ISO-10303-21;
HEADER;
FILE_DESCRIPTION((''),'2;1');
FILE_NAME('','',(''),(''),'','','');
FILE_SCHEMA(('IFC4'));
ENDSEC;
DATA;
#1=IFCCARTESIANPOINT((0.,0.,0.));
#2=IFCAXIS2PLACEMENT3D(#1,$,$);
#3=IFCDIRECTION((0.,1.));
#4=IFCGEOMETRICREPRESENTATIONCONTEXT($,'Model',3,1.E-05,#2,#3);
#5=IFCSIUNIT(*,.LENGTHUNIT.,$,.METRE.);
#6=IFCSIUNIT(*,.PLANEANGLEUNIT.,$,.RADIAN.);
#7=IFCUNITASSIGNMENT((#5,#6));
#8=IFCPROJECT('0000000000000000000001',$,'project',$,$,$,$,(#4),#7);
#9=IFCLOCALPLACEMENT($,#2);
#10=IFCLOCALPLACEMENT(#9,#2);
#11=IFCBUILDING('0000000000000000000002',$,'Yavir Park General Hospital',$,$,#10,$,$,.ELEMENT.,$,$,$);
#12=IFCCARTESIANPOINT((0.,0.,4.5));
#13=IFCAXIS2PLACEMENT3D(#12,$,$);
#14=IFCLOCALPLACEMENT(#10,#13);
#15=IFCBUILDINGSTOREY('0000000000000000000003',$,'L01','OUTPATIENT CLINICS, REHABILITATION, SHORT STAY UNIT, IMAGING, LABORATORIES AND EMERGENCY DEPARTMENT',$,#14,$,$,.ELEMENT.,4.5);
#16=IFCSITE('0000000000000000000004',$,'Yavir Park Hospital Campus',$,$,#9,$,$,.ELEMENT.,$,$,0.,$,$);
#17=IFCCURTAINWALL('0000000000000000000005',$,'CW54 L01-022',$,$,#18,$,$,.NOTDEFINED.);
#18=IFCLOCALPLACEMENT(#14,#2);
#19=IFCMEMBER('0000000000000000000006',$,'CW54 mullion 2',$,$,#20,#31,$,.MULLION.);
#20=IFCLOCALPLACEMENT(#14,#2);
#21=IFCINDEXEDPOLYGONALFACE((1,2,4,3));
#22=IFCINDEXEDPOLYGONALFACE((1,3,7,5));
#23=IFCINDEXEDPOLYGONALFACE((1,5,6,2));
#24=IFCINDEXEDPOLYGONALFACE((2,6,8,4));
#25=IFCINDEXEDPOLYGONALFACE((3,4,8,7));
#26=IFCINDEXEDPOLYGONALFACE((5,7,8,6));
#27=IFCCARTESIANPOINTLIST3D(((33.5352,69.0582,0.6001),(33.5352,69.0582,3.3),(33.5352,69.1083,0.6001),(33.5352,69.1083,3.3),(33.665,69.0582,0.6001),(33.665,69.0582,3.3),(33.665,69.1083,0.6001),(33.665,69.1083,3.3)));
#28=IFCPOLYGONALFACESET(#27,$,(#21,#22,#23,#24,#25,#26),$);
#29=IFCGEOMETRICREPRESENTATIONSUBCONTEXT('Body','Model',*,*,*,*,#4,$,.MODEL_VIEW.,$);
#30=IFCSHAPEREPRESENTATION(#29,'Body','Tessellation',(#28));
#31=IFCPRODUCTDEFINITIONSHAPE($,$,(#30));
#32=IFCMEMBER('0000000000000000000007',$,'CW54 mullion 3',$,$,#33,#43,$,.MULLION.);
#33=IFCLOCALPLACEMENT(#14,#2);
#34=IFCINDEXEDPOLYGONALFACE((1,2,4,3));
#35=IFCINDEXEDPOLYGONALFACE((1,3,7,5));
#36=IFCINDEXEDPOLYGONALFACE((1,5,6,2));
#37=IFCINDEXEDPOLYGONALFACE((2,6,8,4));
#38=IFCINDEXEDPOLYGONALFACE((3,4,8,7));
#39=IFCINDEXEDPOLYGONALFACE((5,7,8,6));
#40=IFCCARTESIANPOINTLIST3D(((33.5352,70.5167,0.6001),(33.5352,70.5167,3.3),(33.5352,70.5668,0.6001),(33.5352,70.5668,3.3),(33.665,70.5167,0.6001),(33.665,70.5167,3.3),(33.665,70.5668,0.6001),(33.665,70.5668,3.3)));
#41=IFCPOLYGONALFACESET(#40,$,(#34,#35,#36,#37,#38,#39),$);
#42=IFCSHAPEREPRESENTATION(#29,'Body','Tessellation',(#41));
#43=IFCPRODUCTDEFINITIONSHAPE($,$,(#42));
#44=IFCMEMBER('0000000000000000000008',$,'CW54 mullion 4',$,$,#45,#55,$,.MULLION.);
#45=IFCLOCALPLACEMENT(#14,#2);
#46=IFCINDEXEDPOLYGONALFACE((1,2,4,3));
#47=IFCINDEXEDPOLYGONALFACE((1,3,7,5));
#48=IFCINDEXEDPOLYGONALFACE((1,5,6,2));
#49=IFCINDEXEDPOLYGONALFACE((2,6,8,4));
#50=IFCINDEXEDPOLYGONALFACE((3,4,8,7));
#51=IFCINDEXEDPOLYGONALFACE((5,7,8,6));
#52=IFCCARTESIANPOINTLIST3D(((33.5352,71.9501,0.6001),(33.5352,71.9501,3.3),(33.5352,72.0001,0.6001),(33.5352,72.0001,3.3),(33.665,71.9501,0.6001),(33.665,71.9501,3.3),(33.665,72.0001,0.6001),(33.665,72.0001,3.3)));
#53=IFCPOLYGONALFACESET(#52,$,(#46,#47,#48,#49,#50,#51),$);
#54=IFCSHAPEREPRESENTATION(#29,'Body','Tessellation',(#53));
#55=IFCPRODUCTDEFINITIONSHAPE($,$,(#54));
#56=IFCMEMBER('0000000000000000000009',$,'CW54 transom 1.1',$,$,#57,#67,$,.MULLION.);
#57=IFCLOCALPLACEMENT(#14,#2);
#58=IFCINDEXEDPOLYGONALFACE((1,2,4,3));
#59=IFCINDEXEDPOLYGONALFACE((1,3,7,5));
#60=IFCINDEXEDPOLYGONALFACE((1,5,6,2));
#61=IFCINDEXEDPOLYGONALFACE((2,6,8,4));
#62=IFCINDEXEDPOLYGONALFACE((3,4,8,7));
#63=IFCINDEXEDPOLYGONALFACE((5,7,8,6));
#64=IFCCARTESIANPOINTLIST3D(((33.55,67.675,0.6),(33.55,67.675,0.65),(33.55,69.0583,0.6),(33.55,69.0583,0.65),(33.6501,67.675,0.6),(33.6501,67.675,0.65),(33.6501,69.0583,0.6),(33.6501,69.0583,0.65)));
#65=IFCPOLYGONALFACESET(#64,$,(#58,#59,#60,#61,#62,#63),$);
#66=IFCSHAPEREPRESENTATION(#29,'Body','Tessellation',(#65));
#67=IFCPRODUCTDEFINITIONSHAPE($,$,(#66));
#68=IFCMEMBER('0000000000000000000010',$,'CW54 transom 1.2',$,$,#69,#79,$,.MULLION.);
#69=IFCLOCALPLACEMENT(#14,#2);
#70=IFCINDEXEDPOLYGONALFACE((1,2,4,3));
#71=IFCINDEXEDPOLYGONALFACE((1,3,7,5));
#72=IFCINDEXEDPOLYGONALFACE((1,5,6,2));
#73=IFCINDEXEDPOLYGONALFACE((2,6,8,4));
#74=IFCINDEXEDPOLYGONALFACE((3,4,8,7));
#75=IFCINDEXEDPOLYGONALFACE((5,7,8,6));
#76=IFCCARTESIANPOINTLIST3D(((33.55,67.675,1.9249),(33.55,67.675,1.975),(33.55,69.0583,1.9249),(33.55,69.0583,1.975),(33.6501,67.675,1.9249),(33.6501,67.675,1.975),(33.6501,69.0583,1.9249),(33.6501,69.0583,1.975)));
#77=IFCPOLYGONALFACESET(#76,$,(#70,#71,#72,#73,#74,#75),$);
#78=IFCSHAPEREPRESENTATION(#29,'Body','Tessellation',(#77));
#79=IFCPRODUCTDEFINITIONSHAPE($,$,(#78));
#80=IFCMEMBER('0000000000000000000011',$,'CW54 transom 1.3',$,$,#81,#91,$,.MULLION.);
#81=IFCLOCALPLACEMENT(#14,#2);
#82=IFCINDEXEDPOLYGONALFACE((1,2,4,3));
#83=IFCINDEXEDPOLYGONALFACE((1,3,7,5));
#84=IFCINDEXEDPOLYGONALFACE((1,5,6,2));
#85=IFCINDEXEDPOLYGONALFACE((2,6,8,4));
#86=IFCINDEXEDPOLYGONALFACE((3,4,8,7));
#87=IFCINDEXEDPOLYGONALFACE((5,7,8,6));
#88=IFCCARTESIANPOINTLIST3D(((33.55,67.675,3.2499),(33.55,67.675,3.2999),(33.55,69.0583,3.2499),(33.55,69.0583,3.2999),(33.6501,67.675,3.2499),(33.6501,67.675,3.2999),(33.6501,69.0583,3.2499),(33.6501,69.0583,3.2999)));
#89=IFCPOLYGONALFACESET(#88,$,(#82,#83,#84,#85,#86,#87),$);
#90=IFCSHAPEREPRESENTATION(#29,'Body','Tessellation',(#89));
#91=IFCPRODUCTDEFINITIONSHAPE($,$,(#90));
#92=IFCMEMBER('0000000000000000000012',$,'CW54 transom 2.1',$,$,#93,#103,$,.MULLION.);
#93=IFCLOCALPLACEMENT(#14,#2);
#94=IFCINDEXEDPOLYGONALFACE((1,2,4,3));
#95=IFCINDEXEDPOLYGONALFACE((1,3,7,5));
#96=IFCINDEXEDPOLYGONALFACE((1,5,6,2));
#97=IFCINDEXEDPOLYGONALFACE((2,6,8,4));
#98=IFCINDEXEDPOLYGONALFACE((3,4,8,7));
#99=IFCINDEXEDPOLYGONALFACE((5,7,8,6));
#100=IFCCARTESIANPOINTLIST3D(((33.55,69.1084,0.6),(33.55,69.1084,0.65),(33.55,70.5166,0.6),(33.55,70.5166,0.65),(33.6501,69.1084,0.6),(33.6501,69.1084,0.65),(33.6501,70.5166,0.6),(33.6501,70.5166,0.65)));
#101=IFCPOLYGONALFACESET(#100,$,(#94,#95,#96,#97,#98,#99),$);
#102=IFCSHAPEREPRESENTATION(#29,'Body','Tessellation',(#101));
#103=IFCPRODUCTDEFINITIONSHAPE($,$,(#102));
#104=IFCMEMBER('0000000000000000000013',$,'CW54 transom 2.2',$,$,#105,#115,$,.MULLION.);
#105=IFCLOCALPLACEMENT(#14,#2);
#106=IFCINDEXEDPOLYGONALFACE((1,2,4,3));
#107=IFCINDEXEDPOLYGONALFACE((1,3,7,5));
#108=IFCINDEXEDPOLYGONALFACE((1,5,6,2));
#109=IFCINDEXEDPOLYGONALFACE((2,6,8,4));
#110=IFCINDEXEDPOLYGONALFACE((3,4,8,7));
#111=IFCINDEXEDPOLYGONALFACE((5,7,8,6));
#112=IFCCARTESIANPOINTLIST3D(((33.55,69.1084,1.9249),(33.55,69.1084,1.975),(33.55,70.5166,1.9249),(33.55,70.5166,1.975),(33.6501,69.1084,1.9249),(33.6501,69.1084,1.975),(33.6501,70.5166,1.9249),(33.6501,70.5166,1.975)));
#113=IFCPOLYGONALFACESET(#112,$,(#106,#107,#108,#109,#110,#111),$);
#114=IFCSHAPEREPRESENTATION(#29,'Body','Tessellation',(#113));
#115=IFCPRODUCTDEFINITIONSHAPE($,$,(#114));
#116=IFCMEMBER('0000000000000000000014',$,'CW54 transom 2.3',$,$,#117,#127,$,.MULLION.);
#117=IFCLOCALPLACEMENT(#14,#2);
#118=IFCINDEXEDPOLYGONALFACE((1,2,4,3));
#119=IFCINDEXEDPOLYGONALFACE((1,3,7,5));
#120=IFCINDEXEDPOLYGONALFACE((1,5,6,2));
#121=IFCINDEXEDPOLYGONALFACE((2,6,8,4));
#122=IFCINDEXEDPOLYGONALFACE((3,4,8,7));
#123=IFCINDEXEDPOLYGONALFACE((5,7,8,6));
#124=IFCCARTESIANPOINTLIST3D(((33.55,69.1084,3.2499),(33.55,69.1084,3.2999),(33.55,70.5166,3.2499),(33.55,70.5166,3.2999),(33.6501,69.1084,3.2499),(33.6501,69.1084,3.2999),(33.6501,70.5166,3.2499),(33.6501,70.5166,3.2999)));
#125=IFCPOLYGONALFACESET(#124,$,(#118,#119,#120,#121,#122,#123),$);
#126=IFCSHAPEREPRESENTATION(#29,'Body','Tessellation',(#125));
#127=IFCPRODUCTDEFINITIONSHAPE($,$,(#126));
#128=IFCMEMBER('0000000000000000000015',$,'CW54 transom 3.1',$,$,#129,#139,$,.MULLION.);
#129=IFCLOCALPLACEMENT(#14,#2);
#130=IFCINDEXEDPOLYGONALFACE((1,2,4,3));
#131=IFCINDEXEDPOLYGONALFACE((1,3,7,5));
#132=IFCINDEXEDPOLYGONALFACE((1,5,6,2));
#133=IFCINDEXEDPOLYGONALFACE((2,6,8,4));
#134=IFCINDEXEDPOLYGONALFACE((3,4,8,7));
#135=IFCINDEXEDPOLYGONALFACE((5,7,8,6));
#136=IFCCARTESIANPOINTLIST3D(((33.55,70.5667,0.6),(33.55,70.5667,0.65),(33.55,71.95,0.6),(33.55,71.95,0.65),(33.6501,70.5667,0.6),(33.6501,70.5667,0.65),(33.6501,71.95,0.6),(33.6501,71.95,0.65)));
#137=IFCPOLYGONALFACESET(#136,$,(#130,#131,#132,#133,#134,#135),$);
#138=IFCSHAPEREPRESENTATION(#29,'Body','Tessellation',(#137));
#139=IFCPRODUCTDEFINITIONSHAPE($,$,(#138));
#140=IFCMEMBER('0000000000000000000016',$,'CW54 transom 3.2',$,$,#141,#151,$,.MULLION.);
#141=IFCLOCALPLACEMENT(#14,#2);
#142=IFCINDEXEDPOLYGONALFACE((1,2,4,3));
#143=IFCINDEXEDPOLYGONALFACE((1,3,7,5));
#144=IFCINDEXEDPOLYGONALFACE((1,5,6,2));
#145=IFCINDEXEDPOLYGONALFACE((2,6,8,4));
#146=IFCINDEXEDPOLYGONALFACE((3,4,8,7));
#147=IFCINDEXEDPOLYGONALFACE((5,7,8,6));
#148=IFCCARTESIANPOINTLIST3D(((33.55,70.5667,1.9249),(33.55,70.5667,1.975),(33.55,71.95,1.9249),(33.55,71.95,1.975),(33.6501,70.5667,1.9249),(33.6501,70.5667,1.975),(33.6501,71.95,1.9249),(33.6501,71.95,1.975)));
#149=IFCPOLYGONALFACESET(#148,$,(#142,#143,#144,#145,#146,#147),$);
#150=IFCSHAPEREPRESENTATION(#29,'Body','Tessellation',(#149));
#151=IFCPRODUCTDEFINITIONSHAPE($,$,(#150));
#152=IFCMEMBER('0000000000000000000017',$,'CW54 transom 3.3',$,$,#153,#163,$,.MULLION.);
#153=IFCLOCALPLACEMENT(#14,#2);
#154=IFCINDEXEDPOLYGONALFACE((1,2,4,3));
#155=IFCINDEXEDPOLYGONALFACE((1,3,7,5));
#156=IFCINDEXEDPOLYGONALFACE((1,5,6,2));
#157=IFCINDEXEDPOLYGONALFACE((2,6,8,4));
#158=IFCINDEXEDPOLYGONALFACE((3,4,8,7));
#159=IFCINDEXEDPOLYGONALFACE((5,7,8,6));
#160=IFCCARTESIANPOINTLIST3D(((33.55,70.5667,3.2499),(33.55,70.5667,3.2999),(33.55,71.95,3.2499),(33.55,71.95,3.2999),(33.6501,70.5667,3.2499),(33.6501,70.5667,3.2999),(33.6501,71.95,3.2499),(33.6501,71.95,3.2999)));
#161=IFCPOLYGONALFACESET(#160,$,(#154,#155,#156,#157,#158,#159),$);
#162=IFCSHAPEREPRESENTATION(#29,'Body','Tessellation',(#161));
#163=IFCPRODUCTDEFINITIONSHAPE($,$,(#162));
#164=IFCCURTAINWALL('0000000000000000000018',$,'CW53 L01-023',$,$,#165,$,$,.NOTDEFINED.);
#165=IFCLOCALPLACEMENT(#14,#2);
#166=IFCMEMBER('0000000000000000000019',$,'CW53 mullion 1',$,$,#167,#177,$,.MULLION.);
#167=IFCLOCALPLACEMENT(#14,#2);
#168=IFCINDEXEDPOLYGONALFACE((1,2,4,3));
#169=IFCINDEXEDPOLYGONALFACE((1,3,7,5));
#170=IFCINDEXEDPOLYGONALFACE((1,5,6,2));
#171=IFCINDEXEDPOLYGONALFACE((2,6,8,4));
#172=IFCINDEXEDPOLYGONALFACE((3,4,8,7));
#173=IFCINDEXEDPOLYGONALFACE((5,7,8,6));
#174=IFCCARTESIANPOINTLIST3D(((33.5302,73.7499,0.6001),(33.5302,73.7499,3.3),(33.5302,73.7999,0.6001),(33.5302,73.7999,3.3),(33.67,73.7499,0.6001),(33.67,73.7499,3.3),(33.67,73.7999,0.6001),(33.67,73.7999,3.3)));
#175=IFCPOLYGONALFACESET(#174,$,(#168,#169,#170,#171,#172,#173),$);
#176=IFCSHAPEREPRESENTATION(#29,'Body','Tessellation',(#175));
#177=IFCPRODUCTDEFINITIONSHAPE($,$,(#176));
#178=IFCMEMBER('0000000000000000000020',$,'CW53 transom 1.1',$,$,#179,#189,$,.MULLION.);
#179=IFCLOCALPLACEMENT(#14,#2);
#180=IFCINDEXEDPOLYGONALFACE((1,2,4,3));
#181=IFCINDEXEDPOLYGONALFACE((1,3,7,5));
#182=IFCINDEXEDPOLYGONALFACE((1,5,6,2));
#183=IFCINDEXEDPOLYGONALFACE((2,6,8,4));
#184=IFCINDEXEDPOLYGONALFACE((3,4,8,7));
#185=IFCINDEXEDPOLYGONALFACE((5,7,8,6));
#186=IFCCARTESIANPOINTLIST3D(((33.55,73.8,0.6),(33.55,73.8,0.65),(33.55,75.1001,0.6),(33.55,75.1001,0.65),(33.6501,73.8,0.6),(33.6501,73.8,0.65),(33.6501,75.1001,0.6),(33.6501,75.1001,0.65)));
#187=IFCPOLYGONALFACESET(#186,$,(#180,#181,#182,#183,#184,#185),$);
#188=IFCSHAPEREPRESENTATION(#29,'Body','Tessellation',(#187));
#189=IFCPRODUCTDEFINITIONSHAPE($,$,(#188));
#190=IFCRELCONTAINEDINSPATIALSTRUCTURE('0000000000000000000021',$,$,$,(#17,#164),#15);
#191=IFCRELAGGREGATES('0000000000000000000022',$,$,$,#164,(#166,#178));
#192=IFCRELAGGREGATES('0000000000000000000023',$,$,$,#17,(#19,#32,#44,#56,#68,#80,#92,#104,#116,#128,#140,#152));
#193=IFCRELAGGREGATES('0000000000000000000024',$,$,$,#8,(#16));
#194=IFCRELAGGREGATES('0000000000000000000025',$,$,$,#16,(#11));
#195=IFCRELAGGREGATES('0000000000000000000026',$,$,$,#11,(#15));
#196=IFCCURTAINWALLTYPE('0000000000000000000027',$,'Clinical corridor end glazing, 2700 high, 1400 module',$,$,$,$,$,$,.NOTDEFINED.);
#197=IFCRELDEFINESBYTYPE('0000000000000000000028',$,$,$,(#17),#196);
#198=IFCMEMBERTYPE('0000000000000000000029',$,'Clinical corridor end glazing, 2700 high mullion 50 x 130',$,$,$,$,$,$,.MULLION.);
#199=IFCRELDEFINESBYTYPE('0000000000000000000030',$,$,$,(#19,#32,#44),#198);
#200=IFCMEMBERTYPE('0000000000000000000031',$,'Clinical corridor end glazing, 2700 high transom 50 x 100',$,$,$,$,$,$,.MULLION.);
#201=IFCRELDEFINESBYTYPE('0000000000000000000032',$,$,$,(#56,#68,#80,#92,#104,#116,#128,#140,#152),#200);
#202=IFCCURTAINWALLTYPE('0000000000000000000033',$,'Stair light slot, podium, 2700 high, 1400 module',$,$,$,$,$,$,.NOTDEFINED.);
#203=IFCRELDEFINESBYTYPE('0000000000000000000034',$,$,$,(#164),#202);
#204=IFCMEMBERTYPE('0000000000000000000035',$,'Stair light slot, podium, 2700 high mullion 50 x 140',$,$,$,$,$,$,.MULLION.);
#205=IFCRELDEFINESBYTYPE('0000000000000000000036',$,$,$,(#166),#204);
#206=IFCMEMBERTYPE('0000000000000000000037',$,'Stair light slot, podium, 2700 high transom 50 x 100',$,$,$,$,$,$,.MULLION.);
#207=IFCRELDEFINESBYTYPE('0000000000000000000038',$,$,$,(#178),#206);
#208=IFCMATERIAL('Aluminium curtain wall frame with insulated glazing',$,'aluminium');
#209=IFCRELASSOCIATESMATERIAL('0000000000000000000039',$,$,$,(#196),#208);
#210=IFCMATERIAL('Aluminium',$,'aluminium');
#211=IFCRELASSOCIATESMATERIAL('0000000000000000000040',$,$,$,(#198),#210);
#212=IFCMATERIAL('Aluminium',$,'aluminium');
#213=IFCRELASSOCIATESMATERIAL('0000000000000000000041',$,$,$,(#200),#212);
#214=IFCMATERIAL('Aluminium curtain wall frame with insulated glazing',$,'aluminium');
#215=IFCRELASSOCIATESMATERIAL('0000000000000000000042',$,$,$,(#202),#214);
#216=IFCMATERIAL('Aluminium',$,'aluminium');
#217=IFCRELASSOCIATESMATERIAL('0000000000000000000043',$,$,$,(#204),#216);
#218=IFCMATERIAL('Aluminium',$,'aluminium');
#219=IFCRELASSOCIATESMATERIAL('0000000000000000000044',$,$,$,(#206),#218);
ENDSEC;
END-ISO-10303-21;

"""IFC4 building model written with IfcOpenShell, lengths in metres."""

from ifc_helpers import new_model, si_unit, direction, frame, origin, origin_2d, place, context, subcontext, project, spatial, rectangle, extrude, material, material_profile, profile_set, type_object, element, aggregate, save


model = new_model("IFC4")

# Units and contexts
model_context = context("Model", 3, precision=1e-05, world=origin(), true_north=direction((0.0, 1.0)))
body_context = subcontext(model_context, "Body", "Model", "MODEL_VIEW")
ifc_project = project(units=[si_unit("LENGTHUNIT", "METRE"), si_unit("PLANEANGLEUNIT", "RADIAN")], contexts=[model_context])

# Site, building, storey
site_placement = place(None, origin())
site = spatial("IfcSite", under=ifc_project, at=site_placement, Name="Yavir Park Hospital Campus", CompositionType="ELEMENT", RefElevation=0.0)
building_placement = place(site_placement, origin())
building = spatial("IfcBuilding", under=site, at=building_placement, Name="Yavir Park General Hospital", CompositionType="ELEMENT")
storey_placement = place(building_placement, frame((0.0, 0.0, 4.5)))
storey = spatial("IfcBuildingStorey", under=building, at=storey_placement, Name="L01", Description="OUTPATIENT CLINICS, REHABILITATION, SHORT STAY UNIT, IMAGING, LABORATORIES AND EMERGENCY DEPARTMENT", CompositionType="ELEMENT", Elevation=4.5)

# Curtain walls, members
ifc_material_1 = material(Name="Aluminium curtain wall frame with insulated glazing", Category="aluminium")
curtain_wall_type_1 = type_object("IfcCurtainWallType", Name="Clinical corridor end glazing, 2700 high, 1400 module", PredefinedType="NOTDEFINED", material=ifc_material_1)
curtain_wall_1_placement = place(storey_placement, origin())
curtain_wall_1 = element("IfcCurtainWall", 1, at=curtain_wall_1_placement, inside=storey, type_object=curtain_wall_type_1, Name="CW54 L01-022", PredefinedType="NOTDEFINED")
ifc_material_2 = material(Name="Aluminium", Category="aluminium")
ifc_material_profile_1 = material_profile(ifc_material_2, rectangle(XDim=0.1299, YDim=0.05, at=origin_2d()), Name="AL 50x130")
ifc_profile_set_1 = profile_set([ifc_material_profile_1], Name="Aluminium")
member_type_1 = type_object("IfcMemberType", Name="Clinical corridor end glazing, 2700 high mullion 50 x 130", PredefinedType="MULLION", material=ifc_profile_set_1)
member_1_placement = place(storey_placement, frame((33.6001, 69.0833, 0.6001), z_axis=(0.0, 0.0, 1.0), x_axis=(-1.0, 0.0, 0.0)))
member_1 = element("IfcMember", 2, at=member_1_placement, type_object=member_type_1, Name="CW54 mullion 2", PredefinedType="MULLION", context=body_context, shape_type="SweptSolid", body=[
    extrude(rectangle(XDim=0.1299, YDim=0.05, at=origin_2d()), origin(), (0.0, 0.0, 1.0), 2.7),
])
member_2_placement = place(storey_placement, frame((33.6001, 70.5417, 0.6001), z_axis=(0.0, 0.0, 1.0), x_axis=(-1.0, 0.0, 0.0)))
member_2 = element("IfcMember", 3, at=member_2_placement, type_object=member_type_1, Name="CW54 mullion 3", PredefinedType="MULLION", context=body_context, shape_type="SweptSolid", body=[
    extrude(rectangle(XDim=0.1299, YDim=0.05, at=origin_2d()), origin(), (0.0, 0.0, 1.0), 2.7),
])
member_3_placement = place(storey_placement, frame((33.6001, 71.9751, 0.6001), z_axis=(0.0, 0.0, 1.0), x_axis=(-1.0, 0.0, 0.0)))
member_3 = element("IfcMember", 4, at=member_3_placement, type_object=member_type_1, Name="CW54 mullion 4", PredefinedType="MULLION", context=body_context, shape_type="SweptSolid", body=[
    extrude(rectangle(XDim=0.1299, YDim=0.05, at=origin_2d()), origin(), (0.0, 0.0, 1.0), 2.7),
])
ifc_material_3 = material(Name="Aluminium", Category="aluminium")
ifc_material_profile_2 = material_profile(ifc_material_3, rectangle(XDim=0.1001, YDim=0.05, at=origin_2d()), Name="AL 100x50")
ifc_profile_set_2 = profile_set([ifc_material_profile_2], Name="Aluminium")
member_type_2 = type_object("IfcMemberType", Name="Clinical corridor end glazing, 2700 high transom 50 x 100", PredefinedType="MULLION", material=ifc_profile_set_2)
member_4_placement = place(storey_placement, frame((33.6001, 67.675, 0.625), z_axis=(0.0, 1.0, 0.0), x_axis=(-1.0, 0.0, 0.0)))
member_4 = element("IfcMember", 5, at=member_4_placement, type_object=member_type_2, Name="CW54 transom 1.1", PredefinedType="MULLION", context=body_context, shape_type="SweptSolid", body=[
    extrude(rectangle(XDim=0.1001, YDim=0.05, at=origin_2d()), origin(), (0.0, 0.0, 1.0), 1.3833),
])
member_5_placement = place(storey_placement, frame((33.6001, 67.675, 1.95), z_axis=(0.0, 1.0, 0.0), x_axis=(-1.0, 0.0, 0.0)))
member_5 = element("IfcMember", 6, at=member_5_placement, type_object=member_type_2, Name="CW54 transom 1.2", PredefinedType="MULLION", context=body_context, shape_type="SweptSolid", body=[
    extrude(rectangle(XDim=0.1001, YDim=0.05, at=origin_2d()), origin(), (0.0, 0.0, 1.0), 1.3833),
])
member_6_placement = place(storey_placement, frame((33.6001, 67.675, 3.2749), z_axis=(0.0, 1.0, 0.0), x_axis=(-1.0, 0.0, 0.0)))
member_6 = element("IfcMember", 7, at=member_6_placement, type_object=member_type_2, Name="CW54 transom 1.3", PredefinedType="MULLION", context=body_context, shape_type="SweptSolid", body=[
    extrude(rectangle(XDim=0.1001, YDim=0.05, at=origin_2d()), origin(), (0.0, 0.0, 1.0), 1.3833),
])
member_7_placement = place(storey_placement, frame((33.6001, 69.1084, 0.625), z_axis=(0.0, 1.0, 0.0), x_axis=(-1.0, 0.0, 0.0)))
member_7 = element("IfcMember", 8, at=member_7_placement, type_object=member_type_2, Name="CW54 transom 2.1", PredefinedType="MULLION", context=body_context, shape_type="SweptSolid", body=[
    extrude(rectangle(XDim=0.1001, YDim=0.05, at=origin_2d()), origin(), (0.0, 0.0, 1.0), 1.4082),
])
member_8_placement = place(storey_placement, frame((33.6001, 69.1084, 1.95), z_axis=(0.0, 1.0, 0.0), x_axis=(-1.0, 0.0, 0.0)))
member_8 = element("IfcMember", 9, at=member_8_placement, type_object=member_type_2, Name="CW54 transom 2.2", PredefinedType="MULLION", context=body_context, shape_type="SweptSolid", body=[
    extrude(rectangle(XDim=0.1001, YDim=0.05, at=origin_2d()), origin(), (0.0, 0.0, 1.0), 1.4082),
])
member_9_placement = place(storey_placement, frame((33.6001, 69.1084, 3.2749), z_axis=(0.0, 1.0, 0.0), x_axis=(-1.0, 0.0, 0.0)))
member_9 = element("IfcMember", 10, at=member_9_placement, type_object=member_type_2, Name="CW54 transom 2.3", PredefinedType="MULLION", context=body_context, shape_type="SweptSolid", body=[
    extrude(rectangle(XDim=0.1001, YDim=0.05, at=origin_2d()), origin(), (0.0, 0.0, 1.0), 1.4082),
])
member_10_placement = place(storey_placement, frame((33.6001, 70.5667, 0.625), z_axis=(0.0, 1.0, 0.0), x_axis=(-1.0, 0.0, 0.0)))
member_10 = element("IfcMember", 11, at=member_10_placement, type_object=member_type_2, Name="CW54 transom 3.1", PredefinedType="MULLION", context=body_context, shape_type="SweptSolid", body=[
    extrude(rectangle(XDim=0.1001, YDim=0.05, at=origin_2d()), origin(), (0.0, 0.0, 1.0), 1.3833),
])
member_11_placement = place(storey_placement, frame((33.6001, 70.5667, 1.95), z_axis=(0.0, 1.0, 0.0), x_axis=(-1.0, 0.0, 0.0)))
member_11 = element("IfcMember", 12, at=member_11_placement, type_object=member_type_2, Name="CW54 transom 3.2", PredefinedType="MULLION", context=body_context, shape_type="SweptSolid", body=[
    extrude(rectangle(XDim=0.1001, YDim=0.05, at=origin_2d()), origin(), (0.0, 0.0, 1.0), 1.3833),
])
member_12_placement = place(storey_placement, frame((33.6001, 70.5667, 3.2749), z_axis=(0.0, 1.0, 0.0), x_axis=(-1.0, 0.0, 0.0)))
member_12 = element("IfcMember", 13, at=member_12_placement, type_object=member_type_2, Name="CW54 transom 3.3", PredefinedType="MULLION", context=body_context, shape_type="SweptSolid", body=[
    extrude(rectangle(XDim=0.1001, YDim=0.05, at=origin_2d()), origin(), (0.0, 0.0, 1.0), 1.3833),
])
ifc_material_4 = material(Name="Aluminium curtain wall frame with insulated glazing", Category="aluminium")
curtain_wall_type_2 = type_object("IfcCurtainWallType", Name="Stair light slot, podium, 2700 high, 1400 module", PredefinedType="NOTDEFINED", material=ifc_material_4)
curtain_wall_2_placement = place(storey_placement, origin())
curtain_wall_2 = element("IfcCurtainWall", 14, at=curtain_wall_2_placement, inside=storey, type_object=curtain_wall_type_2, Name="CW53 L01-023", PredefinedType="NOTDEFINED")
ifc_material_5 = material(Name="Aluminium", Category="aluminium")
ifc_material_profile_3 = material_profile(ifc_material_5, rectangle(XDim=0.1399, YDim=0.05, at=origin_2d()), Name="AL 50x140")
ifc_profile_set_3 = profile_set([ifc_material_profile_3], Name="Aluminium")
member_type_3 = type_object("IfcMemberType", Name="Stair light slot, podium, 2700 high mullion 50 x 140", PredefinedType="MULLION", material=ifc_profile_set_3)
member_13_placement = place(storey_placement, frame((33.6001, 73.7749, 0.6001), z_axis=(0.0, 0.0, 1.0), x_axis=(-1.0, 0.0, 0.0)))
member_13 = element("IfcMember", 15, at=member_13_placement, type_object=member_type_3, Name="CW53 mullion 1", PredefinedType="MULLION", context=body_context, shape_type="SweptSolid", body=[
    extrude(rectangle(XDim=0.1399, YDim=0.05, at=origin_2d()), origin(), (0.0, 0.0, 1.0), 2.7),
])
ifc_material_6 = material(Name="Aluminium", Category="aluminium")
ifc_material_profile_4 = material_profile(ifc_material_6, rectangle(XDim=0.1001, YDim=0.05, at=origin_2d()), Name="AL 100x50")
ifc_profile_set_4 = profile_set([ifc_material_profile_4], Name="Aluminium")
member_type_4 = type_object("IfcMemberType", Name="Stair light slot, podium, 2700 high transom 50 x 100", PredefinedType="MULLION", material=ifc_profile_set_4)
member_14_placement = place(storey_placement, frame((33.6001, 73.8, 0.625), z_axis=(0.0, 1.0, 0.0), x_axis=(-1.0, 0.0, 0.0)))
member_14 = element("IfcMember", 16, at=member_14_placement, type_object=member_type_4, Name="CW53 transom 1.1", PredefinedType="MULLION", context=body_context, shape_type="SweptSolid", body=[
    extrude(rectangle(XDim=0.1001, YDim=0.05, at=origin_2d()), origin(), (0.0, 0.0, 1.0), 1.3),
])
aggregate(curtain_wall_2, [member_13, member_14])

aggregate(curtain_wall_1, [member_1, member_2, member_3, member_4, member_5, member_6, member_7, member_8, member_9, member_10, member_11, member_12])

save(model, "model.ifc")
